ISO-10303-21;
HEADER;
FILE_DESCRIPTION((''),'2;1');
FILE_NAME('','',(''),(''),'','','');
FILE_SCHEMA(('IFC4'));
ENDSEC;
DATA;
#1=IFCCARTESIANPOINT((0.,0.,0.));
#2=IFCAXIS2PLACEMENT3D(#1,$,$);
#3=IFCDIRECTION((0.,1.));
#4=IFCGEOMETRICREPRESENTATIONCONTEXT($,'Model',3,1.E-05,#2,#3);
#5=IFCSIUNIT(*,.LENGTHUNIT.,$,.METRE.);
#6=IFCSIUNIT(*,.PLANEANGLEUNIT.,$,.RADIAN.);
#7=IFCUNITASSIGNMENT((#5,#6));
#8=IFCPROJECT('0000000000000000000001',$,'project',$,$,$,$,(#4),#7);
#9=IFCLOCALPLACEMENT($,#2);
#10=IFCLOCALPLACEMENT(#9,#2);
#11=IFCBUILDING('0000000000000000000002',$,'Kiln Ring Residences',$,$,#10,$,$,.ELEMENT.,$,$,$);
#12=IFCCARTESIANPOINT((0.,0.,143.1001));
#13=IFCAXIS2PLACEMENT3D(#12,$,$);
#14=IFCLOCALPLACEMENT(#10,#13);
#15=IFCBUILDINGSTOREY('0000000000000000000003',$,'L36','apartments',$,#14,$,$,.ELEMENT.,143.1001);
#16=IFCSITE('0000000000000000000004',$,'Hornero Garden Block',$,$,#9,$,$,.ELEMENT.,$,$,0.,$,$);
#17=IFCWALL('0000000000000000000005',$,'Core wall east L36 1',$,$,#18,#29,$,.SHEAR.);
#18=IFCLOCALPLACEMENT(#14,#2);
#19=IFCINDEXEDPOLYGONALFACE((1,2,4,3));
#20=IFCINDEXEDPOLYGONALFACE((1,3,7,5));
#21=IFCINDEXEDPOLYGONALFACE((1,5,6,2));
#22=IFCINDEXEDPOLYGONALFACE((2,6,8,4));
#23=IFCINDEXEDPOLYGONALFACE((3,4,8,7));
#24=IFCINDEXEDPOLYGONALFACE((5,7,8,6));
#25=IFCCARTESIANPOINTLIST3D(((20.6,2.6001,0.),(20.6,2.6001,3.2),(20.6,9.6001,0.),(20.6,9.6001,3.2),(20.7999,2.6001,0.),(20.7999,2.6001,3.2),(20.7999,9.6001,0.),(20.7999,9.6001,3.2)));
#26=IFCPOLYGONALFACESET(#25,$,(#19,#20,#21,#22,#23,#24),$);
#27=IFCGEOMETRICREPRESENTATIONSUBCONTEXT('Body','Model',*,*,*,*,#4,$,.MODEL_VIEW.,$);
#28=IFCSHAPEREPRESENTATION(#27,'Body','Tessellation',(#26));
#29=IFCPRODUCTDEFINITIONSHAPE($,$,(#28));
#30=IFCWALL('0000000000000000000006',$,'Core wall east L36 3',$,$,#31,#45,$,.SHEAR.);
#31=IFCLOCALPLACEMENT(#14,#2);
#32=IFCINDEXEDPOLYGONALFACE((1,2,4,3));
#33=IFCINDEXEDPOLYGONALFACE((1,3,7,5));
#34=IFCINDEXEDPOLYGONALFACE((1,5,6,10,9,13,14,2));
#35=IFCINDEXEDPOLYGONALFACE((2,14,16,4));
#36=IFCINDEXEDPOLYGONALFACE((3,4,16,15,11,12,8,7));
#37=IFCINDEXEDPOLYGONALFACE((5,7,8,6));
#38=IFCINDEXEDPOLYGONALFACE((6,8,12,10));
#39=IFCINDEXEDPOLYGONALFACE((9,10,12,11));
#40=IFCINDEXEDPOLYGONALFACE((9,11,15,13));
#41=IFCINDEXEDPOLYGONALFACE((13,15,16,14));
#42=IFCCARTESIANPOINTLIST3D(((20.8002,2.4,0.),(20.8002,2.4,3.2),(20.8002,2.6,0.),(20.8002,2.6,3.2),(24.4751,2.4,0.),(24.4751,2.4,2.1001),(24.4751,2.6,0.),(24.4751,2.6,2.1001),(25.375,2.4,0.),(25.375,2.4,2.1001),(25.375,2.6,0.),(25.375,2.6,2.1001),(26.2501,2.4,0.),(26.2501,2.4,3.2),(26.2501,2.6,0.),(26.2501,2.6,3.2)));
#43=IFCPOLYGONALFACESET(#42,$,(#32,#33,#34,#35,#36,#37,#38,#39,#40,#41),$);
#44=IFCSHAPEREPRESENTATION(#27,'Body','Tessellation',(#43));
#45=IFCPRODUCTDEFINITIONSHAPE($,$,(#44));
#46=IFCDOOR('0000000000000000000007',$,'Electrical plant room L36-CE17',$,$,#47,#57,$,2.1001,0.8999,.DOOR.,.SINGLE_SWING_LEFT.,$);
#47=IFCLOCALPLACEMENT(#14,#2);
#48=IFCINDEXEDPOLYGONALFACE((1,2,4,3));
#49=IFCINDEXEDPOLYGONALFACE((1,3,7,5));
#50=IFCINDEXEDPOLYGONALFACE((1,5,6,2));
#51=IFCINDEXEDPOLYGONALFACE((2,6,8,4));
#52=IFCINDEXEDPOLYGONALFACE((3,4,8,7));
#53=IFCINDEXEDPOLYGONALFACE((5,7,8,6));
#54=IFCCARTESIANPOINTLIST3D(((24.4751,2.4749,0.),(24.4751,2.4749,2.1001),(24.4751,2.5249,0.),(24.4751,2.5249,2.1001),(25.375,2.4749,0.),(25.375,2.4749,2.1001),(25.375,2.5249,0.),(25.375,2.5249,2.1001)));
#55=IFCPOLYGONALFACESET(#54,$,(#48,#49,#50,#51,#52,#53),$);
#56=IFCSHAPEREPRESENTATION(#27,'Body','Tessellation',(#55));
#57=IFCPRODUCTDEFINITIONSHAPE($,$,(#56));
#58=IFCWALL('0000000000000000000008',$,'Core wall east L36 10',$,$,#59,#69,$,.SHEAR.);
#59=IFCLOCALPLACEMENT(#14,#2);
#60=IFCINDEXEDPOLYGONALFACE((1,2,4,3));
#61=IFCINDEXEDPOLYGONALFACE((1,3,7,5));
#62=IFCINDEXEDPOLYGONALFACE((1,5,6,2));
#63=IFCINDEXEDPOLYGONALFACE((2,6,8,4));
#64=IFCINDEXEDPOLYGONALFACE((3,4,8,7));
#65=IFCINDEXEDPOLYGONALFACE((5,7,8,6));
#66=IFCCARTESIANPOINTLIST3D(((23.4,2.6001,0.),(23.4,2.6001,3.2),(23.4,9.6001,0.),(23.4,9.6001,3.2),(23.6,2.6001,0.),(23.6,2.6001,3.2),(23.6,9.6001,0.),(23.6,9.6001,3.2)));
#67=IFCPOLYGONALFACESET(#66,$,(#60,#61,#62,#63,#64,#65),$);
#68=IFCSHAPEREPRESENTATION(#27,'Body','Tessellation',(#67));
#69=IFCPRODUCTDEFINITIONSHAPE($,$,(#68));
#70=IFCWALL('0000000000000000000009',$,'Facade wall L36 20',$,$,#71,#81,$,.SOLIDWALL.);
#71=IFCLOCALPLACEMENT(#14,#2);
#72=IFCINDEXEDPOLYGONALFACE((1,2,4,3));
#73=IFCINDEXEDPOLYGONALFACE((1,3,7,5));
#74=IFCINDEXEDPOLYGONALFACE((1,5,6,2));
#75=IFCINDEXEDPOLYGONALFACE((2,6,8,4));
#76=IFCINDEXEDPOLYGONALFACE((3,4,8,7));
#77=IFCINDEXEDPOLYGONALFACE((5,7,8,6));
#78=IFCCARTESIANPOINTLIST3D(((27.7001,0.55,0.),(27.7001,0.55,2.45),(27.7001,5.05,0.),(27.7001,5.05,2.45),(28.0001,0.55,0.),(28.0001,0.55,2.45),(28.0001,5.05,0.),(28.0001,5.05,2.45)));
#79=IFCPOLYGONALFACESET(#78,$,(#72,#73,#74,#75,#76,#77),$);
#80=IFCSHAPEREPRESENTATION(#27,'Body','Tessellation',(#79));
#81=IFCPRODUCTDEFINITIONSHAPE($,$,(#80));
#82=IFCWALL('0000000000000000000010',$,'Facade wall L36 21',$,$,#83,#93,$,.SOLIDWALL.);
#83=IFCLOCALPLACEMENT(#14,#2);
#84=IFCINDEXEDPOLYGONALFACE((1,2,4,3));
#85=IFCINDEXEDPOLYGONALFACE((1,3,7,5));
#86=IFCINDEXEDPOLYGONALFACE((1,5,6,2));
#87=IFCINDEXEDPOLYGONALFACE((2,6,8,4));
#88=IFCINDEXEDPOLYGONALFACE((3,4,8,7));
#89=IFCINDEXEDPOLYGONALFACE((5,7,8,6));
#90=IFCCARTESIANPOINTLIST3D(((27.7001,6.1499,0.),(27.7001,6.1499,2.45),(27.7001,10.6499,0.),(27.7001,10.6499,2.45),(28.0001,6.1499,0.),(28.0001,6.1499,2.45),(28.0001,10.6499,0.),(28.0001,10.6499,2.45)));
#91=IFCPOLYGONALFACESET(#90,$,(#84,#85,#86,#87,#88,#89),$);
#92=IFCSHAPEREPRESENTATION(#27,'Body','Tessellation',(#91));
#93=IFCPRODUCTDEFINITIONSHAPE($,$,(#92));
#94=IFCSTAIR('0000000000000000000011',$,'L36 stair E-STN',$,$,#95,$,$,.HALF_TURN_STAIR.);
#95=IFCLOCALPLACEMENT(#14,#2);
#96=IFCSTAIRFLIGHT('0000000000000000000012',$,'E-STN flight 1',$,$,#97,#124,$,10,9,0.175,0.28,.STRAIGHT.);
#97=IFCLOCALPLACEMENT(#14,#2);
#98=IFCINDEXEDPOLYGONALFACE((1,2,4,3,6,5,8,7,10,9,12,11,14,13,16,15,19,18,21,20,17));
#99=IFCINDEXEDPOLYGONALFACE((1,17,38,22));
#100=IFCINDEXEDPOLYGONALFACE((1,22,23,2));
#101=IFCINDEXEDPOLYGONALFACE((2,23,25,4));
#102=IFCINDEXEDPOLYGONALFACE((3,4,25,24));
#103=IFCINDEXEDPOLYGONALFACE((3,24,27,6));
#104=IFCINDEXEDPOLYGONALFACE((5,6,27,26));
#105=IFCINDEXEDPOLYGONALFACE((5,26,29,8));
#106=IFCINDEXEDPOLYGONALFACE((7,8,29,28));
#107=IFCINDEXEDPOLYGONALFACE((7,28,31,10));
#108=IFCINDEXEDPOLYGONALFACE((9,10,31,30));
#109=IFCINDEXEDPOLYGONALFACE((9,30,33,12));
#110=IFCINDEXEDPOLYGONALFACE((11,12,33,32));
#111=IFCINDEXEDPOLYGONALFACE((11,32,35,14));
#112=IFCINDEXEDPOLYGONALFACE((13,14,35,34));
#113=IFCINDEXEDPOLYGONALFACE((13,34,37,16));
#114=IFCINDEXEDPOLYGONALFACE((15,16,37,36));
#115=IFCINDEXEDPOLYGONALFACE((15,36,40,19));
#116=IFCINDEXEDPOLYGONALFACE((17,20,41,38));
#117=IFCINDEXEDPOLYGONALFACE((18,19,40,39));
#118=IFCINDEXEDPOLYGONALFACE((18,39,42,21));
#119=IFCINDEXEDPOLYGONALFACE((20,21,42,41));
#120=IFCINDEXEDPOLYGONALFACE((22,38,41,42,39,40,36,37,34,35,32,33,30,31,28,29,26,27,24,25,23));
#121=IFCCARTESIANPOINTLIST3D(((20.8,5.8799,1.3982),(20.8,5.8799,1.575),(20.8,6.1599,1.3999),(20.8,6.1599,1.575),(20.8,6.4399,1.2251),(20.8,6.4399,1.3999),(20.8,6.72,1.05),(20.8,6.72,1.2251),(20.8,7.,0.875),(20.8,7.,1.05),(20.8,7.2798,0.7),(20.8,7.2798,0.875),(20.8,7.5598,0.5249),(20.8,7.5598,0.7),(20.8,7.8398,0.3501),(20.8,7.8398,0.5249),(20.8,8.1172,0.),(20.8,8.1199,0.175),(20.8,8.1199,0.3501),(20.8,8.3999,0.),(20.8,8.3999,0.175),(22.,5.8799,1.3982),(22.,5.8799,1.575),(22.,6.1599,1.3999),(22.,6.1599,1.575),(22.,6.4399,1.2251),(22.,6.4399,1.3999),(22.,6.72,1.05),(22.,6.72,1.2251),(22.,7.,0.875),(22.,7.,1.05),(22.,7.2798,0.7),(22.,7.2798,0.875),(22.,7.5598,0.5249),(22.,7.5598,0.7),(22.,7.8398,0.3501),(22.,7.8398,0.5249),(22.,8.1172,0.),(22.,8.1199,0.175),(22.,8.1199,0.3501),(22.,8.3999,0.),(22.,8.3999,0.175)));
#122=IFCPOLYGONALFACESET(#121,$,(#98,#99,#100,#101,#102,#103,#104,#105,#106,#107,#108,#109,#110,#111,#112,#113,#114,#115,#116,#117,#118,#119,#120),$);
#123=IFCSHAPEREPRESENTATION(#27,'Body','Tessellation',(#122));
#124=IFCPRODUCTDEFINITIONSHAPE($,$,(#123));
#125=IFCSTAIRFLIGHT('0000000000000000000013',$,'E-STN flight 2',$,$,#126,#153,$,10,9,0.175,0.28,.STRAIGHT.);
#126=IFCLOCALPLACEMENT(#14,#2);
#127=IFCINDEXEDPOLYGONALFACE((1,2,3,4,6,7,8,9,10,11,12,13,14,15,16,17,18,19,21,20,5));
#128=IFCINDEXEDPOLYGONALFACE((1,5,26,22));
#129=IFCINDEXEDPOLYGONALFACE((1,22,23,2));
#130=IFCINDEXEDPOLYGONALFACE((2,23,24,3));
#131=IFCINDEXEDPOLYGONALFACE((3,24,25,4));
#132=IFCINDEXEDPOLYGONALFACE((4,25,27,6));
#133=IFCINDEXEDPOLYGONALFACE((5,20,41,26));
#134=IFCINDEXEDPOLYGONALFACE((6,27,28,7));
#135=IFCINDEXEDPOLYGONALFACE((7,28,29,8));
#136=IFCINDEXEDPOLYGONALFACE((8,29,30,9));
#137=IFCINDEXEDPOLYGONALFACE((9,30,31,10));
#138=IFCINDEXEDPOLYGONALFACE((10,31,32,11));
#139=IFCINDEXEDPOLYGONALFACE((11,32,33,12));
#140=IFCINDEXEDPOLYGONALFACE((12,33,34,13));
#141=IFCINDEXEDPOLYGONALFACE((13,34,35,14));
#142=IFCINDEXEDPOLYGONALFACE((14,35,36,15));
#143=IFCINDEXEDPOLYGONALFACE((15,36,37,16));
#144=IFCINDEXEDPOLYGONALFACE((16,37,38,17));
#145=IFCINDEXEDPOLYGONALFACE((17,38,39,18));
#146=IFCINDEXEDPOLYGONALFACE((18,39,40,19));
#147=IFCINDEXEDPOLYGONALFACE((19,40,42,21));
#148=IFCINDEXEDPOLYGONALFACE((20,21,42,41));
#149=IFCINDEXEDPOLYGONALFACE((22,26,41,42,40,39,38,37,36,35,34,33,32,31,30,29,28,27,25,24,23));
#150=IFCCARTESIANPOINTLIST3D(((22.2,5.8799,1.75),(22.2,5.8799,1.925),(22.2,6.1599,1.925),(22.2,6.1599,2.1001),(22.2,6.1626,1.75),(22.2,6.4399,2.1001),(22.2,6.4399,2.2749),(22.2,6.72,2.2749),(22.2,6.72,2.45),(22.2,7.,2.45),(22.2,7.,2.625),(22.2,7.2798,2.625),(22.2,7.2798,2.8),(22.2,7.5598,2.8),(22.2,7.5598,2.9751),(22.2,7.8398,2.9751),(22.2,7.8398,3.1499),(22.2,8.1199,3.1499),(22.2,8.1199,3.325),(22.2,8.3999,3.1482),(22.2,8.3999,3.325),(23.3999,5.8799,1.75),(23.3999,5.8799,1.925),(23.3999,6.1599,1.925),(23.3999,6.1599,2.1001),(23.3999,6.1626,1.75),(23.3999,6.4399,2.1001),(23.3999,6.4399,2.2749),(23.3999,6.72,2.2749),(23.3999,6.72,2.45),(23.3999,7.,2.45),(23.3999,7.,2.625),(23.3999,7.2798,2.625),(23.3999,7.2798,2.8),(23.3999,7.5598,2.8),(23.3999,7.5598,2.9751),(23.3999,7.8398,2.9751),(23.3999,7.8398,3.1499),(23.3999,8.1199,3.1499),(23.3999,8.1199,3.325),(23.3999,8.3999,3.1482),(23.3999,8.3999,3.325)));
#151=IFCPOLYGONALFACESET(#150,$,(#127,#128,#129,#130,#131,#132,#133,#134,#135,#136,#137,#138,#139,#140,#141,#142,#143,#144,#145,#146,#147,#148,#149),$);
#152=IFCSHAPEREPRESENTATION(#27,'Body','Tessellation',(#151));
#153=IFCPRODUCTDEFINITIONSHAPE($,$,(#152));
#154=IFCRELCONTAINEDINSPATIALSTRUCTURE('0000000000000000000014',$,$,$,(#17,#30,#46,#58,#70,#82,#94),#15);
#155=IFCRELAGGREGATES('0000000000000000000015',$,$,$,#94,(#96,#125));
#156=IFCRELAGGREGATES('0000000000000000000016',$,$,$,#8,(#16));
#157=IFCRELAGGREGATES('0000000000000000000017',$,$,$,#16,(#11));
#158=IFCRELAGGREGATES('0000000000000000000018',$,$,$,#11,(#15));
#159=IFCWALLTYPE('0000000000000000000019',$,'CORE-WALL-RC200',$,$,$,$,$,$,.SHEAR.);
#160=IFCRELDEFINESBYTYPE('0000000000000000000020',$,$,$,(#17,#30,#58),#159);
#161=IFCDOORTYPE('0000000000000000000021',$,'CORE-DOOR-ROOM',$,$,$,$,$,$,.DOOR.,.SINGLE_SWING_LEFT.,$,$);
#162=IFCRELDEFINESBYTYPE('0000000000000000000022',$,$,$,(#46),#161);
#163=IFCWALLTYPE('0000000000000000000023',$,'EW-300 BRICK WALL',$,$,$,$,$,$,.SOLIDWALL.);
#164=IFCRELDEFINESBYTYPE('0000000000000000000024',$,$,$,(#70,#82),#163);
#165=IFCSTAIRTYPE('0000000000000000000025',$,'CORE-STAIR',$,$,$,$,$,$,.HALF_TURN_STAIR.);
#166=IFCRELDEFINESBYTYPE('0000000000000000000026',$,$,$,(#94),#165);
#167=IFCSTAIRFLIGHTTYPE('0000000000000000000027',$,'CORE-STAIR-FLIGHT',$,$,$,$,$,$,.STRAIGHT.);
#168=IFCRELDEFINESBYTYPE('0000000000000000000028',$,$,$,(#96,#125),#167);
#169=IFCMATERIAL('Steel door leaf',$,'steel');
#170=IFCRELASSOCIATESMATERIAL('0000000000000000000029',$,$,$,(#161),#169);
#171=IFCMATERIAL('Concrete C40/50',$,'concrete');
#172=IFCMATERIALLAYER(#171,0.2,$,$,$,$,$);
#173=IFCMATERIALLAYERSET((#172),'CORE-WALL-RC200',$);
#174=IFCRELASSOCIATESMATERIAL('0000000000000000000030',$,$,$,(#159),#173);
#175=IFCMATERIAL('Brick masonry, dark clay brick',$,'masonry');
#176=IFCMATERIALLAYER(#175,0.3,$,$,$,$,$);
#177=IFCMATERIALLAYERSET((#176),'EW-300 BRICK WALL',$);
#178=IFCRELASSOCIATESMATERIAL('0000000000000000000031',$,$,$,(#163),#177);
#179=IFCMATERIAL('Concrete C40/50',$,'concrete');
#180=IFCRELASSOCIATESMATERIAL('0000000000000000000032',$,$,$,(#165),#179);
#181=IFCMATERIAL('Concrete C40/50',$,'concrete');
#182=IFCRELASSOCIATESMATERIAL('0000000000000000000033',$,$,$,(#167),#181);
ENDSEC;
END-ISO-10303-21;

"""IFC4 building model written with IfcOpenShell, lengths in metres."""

from ifc_helpers import new_model, si_unit, direction, frame, frame_2d, origin, place, context, subcontext, project, spatial, polyline, rectangle, outline, extrude, material, layer, layer_set, type_object, element, fill, aggregate, save


model = new_model("IFC4")

# Units and contexts
model_context = context("Model", 3, precision=1e-05, world=origin(), true_north=direction((0.0, 1.0)))
body_context = subcontext(model_context, "Body", "Model", "MODEL_VIEW")
ifc_project = project(units=[si_unit("LENGTHUNIT", "METRE"), si_unit("PLANEANGLEUNIT", "RADIAN")], contexts=[model_context])

# Site, building, storey
site_placement = place(None, origin())
site = spatial("IfcSite", under=ifc_project, at=site_placement, Name="Hornero Garden Block", CompositionType="ELEMENT", RefElevation=0.0)
building_placement = place(site_placement, origin())
building = spatial("IfcBuilding", under=site, at=building_placement, Name="Kiln Ring Residences", CompositionType="ELEMENT")
storey_placement = place(building_placement, frame((0.0, 0.0, 143.1001)))
storey = spatial("IfcBuildingStorey", under=building, at=storey_placement, Name="L36", Description="apartments", CompositionType="ELEMENT", Elevation=143.1001)

# Shared definitions
ifc_material_1 = material(Name="Steel door leaf", Category="steel")
door_type = type_object("IfcDoorType", Name="CORE-DOOR-ROOM", OperationType="SINGLE_SWING_LEFT", PredefinedType="DOOR", material=ifc_material_1)

# Wall
ifc_material_2 = material(Name="Concrete C40/50", Category="concrete")
ifc_layer_1 = layer(ifc_material_2, 0.2)
ifc_layer_set_1 = layer_set([ifc_layer_1], Name="CORE-WALL-RC200")
wall_type_1 = type_object("IfcWallType", Name="CORE-WALL-RC200", PredefinedType="SHEAR", material=ifc_layer_set_1)
wall_1_placement = place(storey_placement, frame((20.7, 2.6001, 0.0), z_axis=(0.0, 0.0, 1.0), x_axis=(0.0, 1.0, 0.0)))
element("IfcWall", 1, at=wall_1_placement, inside=storey, type_object=wall_type_1, Name="Core wall east L36 1", PredefinedType="SHEAR", context=body_context, shape_type="SweptSolid", body=[
    extrude(rectangle(XDim=7.0, YDim=0.2, at=frame_2d((3.5, 0.0))), origin(), (0.0, 0.0, 1.0), 3.2),
])

# Wall, opening, door
wall_2_placement = place(storey_placement, frame((20.8, 2.5, 0.0), z_axis=(0.0, 0.0, 1.0), x_axis=(1.0, 0.0, 0.0)))
wall_2 = element("IfcWall", 2, at=wall_2_placement, inside=storey, type_object=wall_type_1, Name="Core wall east L36 3", PredefinedType="SHEAR", context=body_context, shape_type="SweptSolid", body=[
    extrude(rectangle(XDim=5.45, YDim=0.2, at=frame_2d((2.7251, 0.0))), origin(), (0.0, 0.0, 1.0), 3.2),
])
opening_1_placement = place(wall_2_placement, frame((3.675, 0.0, 0.0)))
opening_1 = element("IfcOpeningElement", 3, at=opening_1_placement, cuts=wall_2, PredefinedType="OPENING", context=body_context, shape_type="SweptSolid", body=[
    extrude(rectangle(XDim=0.8999, YDim=2.1001, at=frame_2d((0.45, 1.05))), frame((0.0, 0.1099, 0.0), z_axis=(0.0, -1.0, 0.0), x_axis=(1.0, 0.0, 0.0)), (0.0, 0.0, 1.0), 0.22),
])
door_1_placement = place(opening_1_placement, origin())
door_1 = element("IfcDoor", 4, at=door_1_placement, inside=storey, type_object=door_type, Name="Electrical plant room L36-CE17", OperationType="SINGLE_SWING_LEFT", OverallHeight=2.1001, OverallWidth=0.8999, PredefinedType="DOOR", context=body_context, shape_type="SweptSolid", body=[
    extrude(rectangle(XDim=0.8999, YDim=2.1001, at=frame_2d((0.45, 1.05))), frame((0.0, 0.0249, 0.0), z_axis=(0.0, -1.0, 0.0), x_axis=(1.0, 0.0, 0.0)), (0.0, 0.0, 1.0), 0.05),
])
fill(opening_1, door_1)

# Walls
wall_3_placement = place(storey_placement, frame((23.5, 2.6001, 0.0), z_axis=(0.0, 0.0, 1.0), x_axis=(0.0, 1.0, 0.0)))
element("IfcWall", 5, at=wall_3_placement, inside=storey, type_object=wall_type_1, Name="Core wall east L36 10", PredefinedType="SHEAR", context=body_context, shape_type="SweptSolid", body=[
    extrude(rectangle(XDim=7.0, YDim=0.2, at=frame_2d((3.5, 0.0))), origin(), (0.0, 0.0, 1.0), 3.2),
])
ifc_material_3 = material(Name="Brick masonry, dark clay brick", Category="masonry")
ifc_layer_2 = layer(ifc_material_3, 0.3)
ifc_layer_set_2 = layer_set([ifc_layer_2], Name="EW-300 BRICK WALL")
wall_type_2 = type_object("IfcWallType", Name="EW-300 BRICK WALL", PredefinedType="SOLIDWALL", material=ifc_layer_set_2)
for number, where, z_axis, x_axis, name in (
    (6, (27.8501, 0.55, 0.0), (0.0, 0.0, 1.0), (0.0, 1.0, 0.0), "Facade wall L36 20"),
    (7, (27.8501, 6.1499, 0.0), (0.0, 0.0, 1.0), (0.0, 1.0, 0.0), "Facade wall L36 21"),
):
    element("IfcWall", number, at=place(storey_placement, frame(where, z_axis=z_axis, x_axis=x_axis)), inside=storey, type_object=wall_type_2, Name=name, PredefinedType="SOLIDWALL", context=body_context, shape_type="SweptSolid", body=[
        extrude(rectangle(XDim=4.5, YDim=0.3, at=frame_2d((2.25, 0.0))), origin(), (0.0, 0.0, 1.0), 2.45),
    ])

# Stair, stair flights
ifc_material_4 = material(Name="Concrete C40/50", Category="concrete")
stair_type = type_object("IfcStairType", Name="CORE-STAIR", PredefinedType="HALF_TURN_STAIR", material=ifc_material_4)
stair_placement = place(storey_placement, origin())
stair = element("IfcStair", 8, at=stair_placement, inside=storey, type_object=stair_type, Name="L36 stair E-STN", PredefinedType="HALF_TURN_STAIR")
ifc_material_5 = material(Name="Concrete C40/50", Category="concrete")
stair_flight_type = type_object("IfcStairFlightType", Name="CORE-STAIR-FLIGHT", PredefinedType="STRAIGHT", material=ifc_material_5)
stair_flight_1_placement = place(storey_placement, frame((21.3999, 8.3999, 0.0), z_axis=(0.0, 0.0, 1.0), x_axis=(0.0, -1.0, 0.0)))
stair_flight_1 = element("IfcStairFlight", 9, at=stair_flight_1_placement, type_object=stair_flight_type, Name="E-STN flight 1", NumberOfRisers=10, NumberOfTreads=9, PredefinedType="STRAIGHT", RiserHeight=0.175, TreadLength=0.28, context=body_context, shape_type="SweptSolid", body=[
    extrude(outline(polyline([(0.0, 0.0), (0.0, 0.175), (0.28, 0.175), (0.28, 0.3501), (0.5601, 0.3501), (0.5601, 0.5249), (0.8401, 0.5249), (0.8401, 0.7), (1.1201, 0.7), (1.1201, 0.875), (1.3999, 0.875), (1.3999, 1.05), (1.6799, 1.05), (1.6799, 1.2251), (1.96, 1.2251), (1.96, 1.3999), (2.24, 1.3999), (2.24, 1.575), (2.52, 1.575), (2.52, 1.75), (2.52, 1.3982), (0.2827, 0.0), (0.0, 0.0)])), frame((0.0, 0.6001, 0.0), z_axis=(0.0, -1.0, 0.0), x_axis=(1.0, 0.0, 0.0)), (0.0, 0.0, 1.0), 1.2),
])
stair_flight_2_placement = place(storey_placement, frame((22.8, 5.8799, 1.75), z_axis=(0.0, 0.0, 1.0), x_axis=(0.0, 1.0, 0.0)))
stair_flight_2 = element("IfcStairFlight", 10, at=stair_flight_2_placement, type_object=stair_flight_type, Name="E-STN flight 2", NumberOfRisers=10, NumberOfTreads=9, PredefinedType="STRAIGHT", RiserHeight=0.175, TreadLength=0.28, context=body_context, shape_type="SweptSolid", body=[
    extrude(outline(polyline([(0.0, 0.0), (0.0, 0.175), (0.28, 0.175), (0.28, 0.3501), (0.5601, 0.3501), (0.5601, 0.5249), (0.8401, 0.5249), (0.8401, 0.7), (1.1201, 0.7), (1.1201, 0.875), (1.3999, 0.875), (1.3999, 1.05), (1.6799, 1.05), (1.6799, 1.2251), (1.96, 1.2251), (1.96, 1.3999), (2.24, 1.3999), (2.24, 1.575), (2.52, 1.575), (2.52, 1.75), (2.52, 1.3982), (0.2827, 0.0), (0.0, 0.0)])), frame((0.0, 0.6001, 0.0), z_axis=(0.0, -1.0, 0.0), x_axis=(1.0, 0.0, 0.0)), (0.0, 0.0, 1.0), 1.2),
])
aggregate(stair, [stair_flight_1, stair_flight_2])

save(model, "model.ifc")
